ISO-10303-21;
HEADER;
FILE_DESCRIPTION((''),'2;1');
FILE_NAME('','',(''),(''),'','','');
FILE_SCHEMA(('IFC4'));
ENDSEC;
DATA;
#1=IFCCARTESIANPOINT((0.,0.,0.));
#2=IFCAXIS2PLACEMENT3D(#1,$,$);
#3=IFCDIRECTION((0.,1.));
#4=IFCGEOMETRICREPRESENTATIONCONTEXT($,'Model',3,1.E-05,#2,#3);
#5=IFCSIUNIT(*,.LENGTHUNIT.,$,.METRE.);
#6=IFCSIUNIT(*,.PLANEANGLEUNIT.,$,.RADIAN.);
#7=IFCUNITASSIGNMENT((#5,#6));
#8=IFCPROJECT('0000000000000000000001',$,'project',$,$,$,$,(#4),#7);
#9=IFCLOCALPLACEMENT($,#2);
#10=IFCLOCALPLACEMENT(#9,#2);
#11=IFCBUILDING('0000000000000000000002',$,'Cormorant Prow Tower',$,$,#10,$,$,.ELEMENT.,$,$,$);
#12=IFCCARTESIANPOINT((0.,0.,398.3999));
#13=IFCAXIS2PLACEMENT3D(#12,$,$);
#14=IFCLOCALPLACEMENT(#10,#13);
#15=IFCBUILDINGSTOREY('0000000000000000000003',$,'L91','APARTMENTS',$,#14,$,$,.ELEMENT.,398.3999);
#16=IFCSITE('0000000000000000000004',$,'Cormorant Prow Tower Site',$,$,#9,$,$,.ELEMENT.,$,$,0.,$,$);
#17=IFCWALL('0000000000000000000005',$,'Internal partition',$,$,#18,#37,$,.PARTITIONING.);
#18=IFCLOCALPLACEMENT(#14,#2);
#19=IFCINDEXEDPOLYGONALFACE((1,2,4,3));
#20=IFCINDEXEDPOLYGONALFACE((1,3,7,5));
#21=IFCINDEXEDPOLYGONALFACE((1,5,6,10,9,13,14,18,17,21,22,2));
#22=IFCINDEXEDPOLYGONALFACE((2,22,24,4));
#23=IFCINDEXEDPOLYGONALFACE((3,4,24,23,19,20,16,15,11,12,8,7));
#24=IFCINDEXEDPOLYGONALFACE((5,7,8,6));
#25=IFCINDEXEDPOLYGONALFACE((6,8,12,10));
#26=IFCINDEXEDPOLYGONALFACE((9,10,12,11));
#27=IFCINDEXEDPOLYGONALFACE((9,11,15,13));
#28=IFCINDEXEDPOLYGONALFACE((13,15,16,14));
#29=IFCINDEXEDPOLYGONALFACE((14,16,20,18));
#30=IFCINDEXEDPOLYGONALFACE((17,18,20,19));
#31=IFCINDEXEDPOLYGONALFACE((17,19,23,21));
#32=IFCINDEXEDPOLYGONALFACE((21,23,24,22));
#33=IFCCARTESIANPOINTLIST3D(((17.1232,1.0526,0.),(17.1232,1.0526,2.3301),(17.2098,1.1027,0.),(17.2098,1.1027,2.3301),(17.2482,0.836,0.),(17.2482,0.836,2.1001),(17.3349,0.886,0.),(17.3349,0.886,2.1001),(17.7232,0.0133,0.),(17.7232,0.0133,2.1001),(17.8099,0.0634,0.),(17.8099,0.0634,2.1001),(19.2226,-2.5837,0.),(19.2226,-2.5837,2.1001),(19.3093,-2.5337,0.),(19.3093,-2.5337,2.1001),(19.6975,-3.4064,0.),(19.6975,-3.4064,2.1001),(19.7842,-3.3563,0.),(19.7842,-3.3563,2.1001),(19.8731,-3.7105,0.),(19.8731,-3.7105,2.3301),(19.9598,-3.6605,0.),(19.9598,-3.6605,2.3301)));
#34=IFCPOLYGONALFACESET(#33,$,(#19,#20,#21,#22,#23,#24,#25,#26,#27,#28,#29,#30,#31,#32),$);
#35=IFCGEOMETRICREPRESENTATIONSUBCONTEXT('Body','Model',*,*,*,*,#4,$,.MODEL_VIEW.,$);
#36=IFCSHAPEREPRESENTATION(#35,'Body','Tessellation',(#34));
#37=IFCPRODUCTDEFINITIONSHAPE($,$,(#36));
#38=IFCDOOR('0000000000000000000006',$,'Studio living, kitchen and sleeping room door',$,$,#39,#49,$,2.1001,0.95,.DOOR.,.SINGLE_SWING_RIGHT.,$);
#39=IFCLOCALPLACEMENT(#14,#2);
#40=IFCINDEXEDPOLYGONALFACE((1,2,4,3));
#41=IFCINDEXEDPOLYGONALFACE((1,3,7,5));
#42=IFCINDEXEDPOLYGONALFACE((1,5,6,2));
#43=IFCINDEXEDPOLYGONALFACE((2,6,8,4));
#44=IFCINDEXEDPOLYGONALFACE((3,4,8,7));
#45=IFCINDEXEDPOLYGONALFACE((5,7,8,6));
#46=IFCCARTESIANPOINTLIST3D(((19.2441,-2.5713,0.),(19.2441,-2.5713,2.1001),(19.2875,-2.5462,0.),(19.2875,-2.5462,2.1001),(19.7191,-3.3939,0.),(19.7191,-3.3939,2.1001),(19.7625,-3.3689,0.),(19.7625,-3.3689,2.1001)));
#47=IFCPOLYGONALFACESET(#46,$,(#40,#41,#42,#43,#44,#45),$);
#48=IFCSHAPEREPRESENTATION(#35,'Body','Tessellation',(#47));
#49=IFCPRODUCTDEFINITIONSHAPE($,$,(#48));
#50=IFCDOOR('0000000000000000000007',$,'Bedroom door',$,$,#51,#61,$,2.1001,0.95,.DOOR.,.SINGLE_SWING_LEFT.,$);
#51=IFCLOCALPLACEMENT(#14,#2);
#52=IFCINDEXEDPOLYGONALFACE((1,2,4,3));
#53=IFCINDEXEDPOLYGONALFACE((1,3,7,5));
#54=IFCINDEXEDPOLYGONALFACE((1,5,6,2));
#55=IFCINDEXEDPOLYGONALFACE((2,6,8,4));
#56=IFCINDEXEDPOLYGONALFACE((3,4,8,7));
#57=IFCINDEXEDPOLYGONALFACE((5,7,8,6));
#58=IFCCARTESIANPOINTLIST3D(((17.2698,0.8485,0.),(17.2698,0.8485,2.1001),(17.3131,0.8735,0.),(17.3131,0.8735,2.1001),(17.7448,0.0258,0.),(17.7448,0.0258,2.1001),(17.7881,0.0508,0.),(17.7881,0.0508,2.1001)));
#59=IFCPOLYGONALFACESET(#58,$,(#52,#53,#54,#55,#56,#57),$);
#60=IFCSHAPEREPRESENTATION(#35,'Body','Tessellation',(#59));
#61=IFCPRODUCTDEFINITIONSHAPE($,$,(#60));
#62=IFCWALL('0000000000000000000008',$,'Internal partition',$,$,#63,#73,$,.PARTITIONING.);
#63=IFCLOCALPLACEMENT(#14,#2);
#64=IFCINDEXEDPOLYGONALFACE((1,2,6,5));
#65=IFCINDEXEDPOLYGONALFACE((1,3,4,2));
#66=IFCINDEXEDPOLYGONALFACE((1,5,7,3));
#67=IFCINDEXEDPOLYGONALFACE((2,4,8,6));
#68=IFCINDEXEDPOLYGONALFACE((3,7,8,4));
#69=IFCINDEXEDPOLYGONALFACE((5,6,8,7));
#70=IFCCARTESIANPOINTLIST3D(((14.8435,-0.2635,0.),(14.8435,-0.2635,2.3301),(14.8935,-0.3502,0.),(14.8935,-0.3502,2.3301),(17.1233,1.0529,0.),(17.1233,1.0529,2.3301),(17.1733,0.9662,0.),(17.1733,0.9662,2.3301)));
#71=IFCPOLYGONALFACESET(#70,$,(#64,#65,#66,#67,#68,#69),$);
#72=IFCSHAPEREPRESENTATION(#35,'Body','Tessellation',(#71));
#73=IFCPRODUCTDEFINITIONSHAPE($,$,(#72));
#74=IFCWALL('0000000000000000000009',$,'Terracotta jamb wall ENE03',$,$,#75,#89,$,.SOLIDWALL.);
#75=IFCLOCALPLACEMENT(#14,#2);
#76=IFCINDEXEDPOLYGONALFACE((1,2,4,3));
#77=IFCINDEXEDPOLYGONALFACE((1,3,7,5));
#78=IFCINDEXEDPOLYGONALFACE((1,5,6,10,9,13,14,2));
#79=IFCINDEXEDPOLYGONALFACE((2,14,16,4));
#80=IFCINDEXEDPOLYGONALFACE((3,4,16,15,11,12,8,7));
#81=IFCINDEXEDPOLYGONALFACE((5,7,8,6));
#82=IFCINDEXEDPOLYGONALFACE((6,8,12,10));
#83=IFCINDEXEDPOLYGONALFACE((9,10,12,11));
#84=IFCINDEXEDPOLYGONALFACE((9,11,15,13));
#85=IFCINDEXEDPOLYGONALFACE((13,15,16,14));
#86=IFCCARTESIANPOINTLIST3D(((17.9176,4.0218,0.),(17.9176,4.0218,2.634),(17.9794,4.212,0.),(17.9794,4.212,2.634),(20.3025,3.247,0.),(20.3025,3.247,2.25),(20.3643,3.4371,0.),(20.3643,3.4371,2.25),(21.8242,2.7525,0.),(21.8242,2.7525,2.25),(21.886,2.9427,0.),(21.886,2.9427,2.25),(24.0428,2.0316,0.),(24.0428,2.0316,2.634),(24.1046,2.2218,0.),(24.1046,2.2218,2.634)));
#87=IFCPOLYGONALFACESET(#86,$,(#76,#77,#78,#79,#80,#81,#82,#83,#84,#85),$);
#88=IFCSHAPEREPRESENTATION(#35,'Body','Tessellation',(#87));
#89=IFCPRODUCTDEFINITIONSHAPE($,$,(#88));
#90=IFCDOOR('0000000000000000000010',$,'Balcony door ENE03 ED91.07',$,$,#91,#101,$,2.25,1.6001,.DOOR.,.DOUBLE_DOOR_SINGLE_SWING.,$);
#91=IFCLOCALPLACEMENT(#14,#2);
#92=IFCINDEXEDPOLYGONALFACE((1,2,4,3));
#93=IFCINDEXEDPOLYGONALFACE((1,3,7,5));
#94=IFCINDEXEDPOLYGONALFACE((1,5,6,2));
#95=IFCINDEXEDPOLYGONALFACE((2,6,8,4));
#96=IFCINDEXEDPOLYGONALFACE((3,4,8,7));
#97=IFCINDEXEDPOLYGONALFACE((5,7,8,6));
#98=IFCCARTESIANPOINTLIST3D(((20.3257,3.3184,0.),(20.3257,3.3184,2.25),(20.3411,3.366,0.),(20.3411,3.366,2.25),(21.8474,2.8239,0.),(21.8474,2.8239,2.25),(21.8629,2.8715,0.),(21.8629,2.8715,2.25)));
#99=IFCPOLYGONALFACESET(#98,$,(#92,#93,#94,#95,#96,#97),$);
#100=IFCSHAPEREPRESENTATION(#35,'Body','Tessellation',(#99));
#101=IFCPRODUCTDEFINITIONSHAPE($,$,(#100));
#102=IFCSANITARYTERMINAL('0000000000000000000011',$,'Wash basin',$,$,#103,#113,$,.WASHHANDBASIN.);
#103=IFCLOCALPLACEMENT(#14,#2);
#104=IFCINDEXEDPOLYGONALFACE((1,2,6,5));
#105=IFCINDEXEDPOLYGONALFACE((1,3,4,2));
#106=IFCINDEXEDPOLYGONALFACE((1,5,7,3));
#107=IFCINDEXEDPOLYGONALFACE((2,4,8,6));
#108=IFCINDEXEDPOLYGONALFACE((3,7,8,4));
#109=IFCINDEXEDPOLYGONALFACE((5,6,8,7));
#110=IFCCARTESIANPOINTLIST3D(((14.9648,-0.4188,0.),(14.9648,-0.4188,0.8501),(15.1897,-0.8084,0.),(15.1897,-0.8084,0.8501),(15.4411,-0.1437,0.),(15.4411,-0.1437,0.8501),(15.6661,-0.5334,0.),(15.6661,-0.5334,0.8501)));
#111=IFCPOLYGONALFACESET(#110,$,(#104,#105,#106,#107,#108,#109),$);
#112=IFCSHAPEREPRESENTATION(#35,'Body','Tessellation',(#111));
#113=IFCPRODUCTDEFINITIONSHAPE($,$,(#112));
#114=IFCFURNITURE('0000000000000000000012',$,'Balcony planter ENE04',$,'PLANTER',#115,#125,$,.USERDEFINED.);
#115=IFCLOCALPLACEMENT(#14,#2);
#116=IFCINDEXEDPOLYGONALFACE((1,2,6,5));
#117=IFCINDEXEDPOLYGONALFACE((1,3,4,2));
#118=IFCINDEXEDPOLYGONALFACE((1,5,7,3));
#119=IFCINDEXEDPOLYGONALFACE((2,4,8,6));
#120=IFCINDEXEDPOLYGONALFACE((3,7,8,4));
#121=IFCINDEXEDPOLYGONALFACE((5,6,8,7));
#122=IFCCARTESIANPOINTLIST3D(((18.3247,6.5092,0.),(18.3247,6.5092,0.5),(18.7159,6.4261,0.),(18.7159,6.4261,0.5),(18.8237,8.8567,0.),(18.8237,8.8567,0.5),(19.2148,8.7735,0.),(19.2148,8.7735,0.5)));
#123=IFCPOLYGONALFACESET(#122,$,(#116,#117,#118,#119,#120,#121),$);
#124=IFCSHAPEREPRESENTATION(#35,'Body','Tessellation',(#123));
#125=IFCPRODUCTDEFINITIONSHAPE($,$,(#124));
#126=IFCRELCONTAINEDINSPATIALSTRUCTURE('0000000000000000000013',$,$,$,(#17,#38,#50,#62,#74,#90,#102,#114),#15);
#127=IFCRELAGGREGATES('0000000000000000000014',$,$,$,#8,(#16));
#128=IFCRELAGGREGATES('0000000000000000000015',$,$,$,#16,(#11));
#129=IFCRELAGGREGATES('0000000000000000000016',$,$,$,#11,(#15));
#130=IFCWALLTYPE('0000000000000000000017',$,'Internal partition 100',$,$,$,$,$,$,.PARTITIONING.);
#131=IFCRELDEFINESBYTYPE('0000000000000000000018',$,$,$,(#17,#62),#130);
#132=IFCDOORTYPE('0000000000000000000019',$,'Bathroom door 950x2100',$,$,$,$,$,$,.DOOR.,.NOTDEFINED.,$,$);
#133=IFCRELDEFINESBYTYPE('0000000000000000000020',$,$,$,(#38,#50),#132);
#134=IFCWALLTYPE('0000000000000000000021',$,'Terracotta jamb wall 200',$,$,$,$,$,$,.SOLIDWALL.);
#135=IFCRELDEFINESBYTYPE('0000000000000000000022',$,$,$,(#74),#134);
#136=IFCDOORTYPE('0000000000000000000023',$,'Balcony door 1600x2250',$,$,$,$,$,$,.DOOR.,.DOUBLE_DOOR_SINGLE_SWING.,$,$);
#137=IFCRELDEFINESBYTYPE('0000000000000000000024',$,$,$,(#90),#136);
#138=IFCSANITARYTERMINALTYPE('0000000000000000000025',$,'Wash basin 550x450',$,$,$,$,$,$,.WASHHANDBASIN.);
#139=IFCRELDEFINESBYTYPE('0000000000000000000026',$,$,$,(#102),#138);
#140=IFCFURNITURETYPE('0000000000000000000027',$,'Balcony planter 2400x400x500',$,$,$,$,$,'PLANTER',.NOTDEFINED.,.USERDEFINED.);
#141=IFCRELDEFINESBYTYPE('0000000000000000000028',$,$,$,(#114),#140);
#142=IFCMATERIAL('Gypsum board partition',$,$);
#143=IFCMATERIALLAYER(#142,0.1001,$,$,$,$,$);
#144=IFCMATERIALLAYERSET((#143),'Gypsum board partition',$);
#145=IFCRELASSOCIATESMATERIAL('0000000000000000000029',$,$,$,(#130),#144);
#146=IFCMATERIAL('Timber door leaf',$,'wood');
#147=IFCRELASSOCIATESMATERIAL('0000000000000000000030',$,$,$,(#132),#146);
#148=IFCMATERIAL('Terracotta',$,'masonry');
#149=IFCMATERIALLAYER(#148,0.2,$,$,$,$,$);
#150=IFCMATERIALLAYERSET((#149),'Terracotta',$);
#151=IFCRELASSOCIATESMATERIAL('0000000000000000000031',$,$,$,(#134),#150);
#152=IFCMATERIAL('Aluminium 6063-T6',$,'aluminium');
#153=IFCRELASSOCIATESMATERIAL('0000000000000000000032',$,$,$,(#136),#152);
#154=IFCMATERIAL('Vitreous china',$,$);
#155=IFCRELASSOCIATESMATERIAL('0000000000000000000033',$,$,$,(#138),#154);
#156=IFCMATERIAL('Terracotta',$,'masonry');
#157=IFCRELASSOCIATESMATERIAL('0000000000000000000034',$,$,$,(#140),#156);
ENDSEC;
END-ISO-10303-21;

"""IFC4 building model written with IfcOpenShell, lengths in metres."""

from ifc_helpers import new_model, si_unit, direction, frame, frame_2d, origin, origin_2d, place, context, subcontext, project, spatial, rectangle, extrude, material, layer, layer_set, type_object, element, fill, save


model = new_model("IFC4")

# Units and contexts
model_context = context("Model", 3, precision=1e-05, world=origin(), true_north=direction((0.0, 1.0)))
body_context = subcontext(model_context, "Body", "Model", "MODEL_VIEW")
ifc_project = project(units=[si_unit("LENGTHUNIT", "METRE"), si_unit("PLANEANGLEUNIT", "RADIAN")], contexts=[model_context])

# Site, building, storey
site_placement = place(None, origin())
site = spatial("IfcSite", under=ifc_project, at=site_placement, Name="Cormorant Prow Tower Site", CompositionType="ELEMENT", RefElevation=0.0)
building_placement = place(site_placement, origin())
building = spatial("IfcBuilding", under=site, at=building_placement, Name="Cormorant Prow Tower", CompositionType="ELEMENT")
storey_placement = place(building_placement, frame((0.0, 0.0, 398.3999)))
storey = spatial("IfcBuildingStorey", under=building, at=storey_placement, Name="L91", Description="APARTMENTS", CompositionType="ELEMENT", Elevation=398.3999)

# Shared definitions
ifc_material_1 = material(Name="Gypsum board partition")
ifc_layer_1 = layer(ifc_material_1, 0.1001)
ifc_layer_set_1 = layer_set([ifc_layer_1], Name="Gypsum board partition")
wall_type_1 = type_object("IfcWallType", Name="Internal partition 100", PredefinedType="PARTITIONING", material=ifc_layer_set_1)

# Wall, openings, doors
wall_1_placement = place(storey_placement, frame((17.1665, 1.0776, 0.0), z_axis=(0.0, 0.0, 1.0), x_axis=(0.499997, -0.866027, 0.0)))
wall_1 = element("IfcWall", 1, at=wall_1_placement, inside=storey, type_object=wall_type_1, Name="Internal partition", PredefinedType="PARTITIONING", context=body_context, shape_type="SweptSolid", body=[
    extrude(rectangle(XDim=5.5, YDim=0.1001, at=frame_2d((2.75, 0.0))), origin(), (0.0, 0.0, 1.0), 2.3301),
])
opening_1_placement = place(wall_1_placement, frame((4.1987, 0.0, 0.0)))
opening_1 = element("IfcOpeningElement", 2, at=opening_1_placement, cuts=wall_1, PredefinedType="OPENING", context=body_context, shape_type="SweptSolid", body=[
    extrude(rectangle(XDim=0.95, YDim=2.1001, at=frame_2d((0.4751, 1.05))), frame((0.0, 0.0601, 0.0), z_axis=(0.0, -1.0, 0.0), x_axis=(1.0, 0.0, 0.0)), (0.0, 0.0, 1.0), 0.1201),
])
opening_2_placement = place(wall_1_placement, frame((0.25, 0.0, 0.0)))
opening_2 = element("IfcOpeningElement", 3, at=opening_2_placement, cuts=wall_1, PredefinedType="OPENING", context=body_context, shape_type="SweptSolid", body=[
    extrude(rectangle(XDim=0.95, YDim=2.1001, at=frame_2d((0.4751, 1.05))), frame((0.0, 0.0601, 0.0), z_axis=(0.0, -1.0, 0.0), x_axis=(1.0, 0.0, 0.0)), (0.0, 0.0, 1.0), 0.1201),
])
ifc_material_2 = material(Name="Timber door leaf", Category="wood")
door_type_1 = type_object("IfcDoorType", Name="Bathroom door 950x2100", OperationType="NOTDEFINED", PredefinedType="DOOR", material=ifc_material_2)
door_1_placement = place(opening_1_placement, origin())
door_1 = element("IfcDoor", 4, at=door_1_placement, inside=storey, type_object=door_type_1, Name="Studio living, kitchen and sleeping room door", OperationType="SINGLE_SWING_RIGHT", OverallHeight=2.1001, OverallWidth=0.95, PredefinedType="DOOR", context=body_context, shape_type="SweptSolid", body=[
    extrude(rectangle(XDim=0.95, YDim=2.1001, at=frame_2d((0.4751, 1.05))), frame((0.0, 0.0249, 0.0), z_axis=(0.0, -1.0, 0.0), x_axis=(1.0, 0.0, 0.0)), (0.0, 0.0, 1.0), 0.05),
])
fill(opening_1, door_1)
door_2_placement = place(opening_2_placement, origin())
door_2 = element("IfcDoor", 5, at=door_2_placement, inside=storey, type_object=door_type_1, Name="Bedroom door", OperationType="SINGLE_SWING_LEFT", OverallHeight=2.1001, OverallWidth=0.95, PredefinedType="DOOR", context=body_context, shape_type="SweptSolid", body=[
    extrude(rectangle(XDim=0.95, YDim=2.1001, at=frame_2d((0.4751, 1.05))), frame((0.0, 0.0249, 0.0), z_axis=(0.0, -1.0, 0.0), x_axis=(1.0, 0.0, 0.0)), (0.0, 0.0, 1.0), 0.05),
])
fill(opening_2, door_2)

# Wall
wall_2_placement = place(storey_placement, frame((14.8684, -0.3069, 0.0), z_axis=(0.0, 0.0, 1.0), x_axis=(0.865997, 0.500049, 0.0)))
element("IfcWall", 6, at=wall_2_placement, inside=storey, type_object=wall_type_1, Name="Internal partition", PredefinedType="PARTITIONING", context=body_context, shape_type="SweptSolid", body=[
    extrude(rectangle(XDim=2.6326, YDim=0.1001, at=frame_2d((1.3164, 0.0))), origin(), (0.0, 0.0, 1.0), 2.3301),
])

# Wall, opening, door
ifc_material_3 = material(Name="Terracotta", Category="masonry")
ifc_layer_2 = layer(ifc_material_3, 0.2)
ifc_layer_set_2 = layer_set([ifc_layer_2], Name="Terracotta")
wall_type_2 = type_object("IfcWallType", Name="Terracotta jamb wall 200", PredefinedType="SOLIDWALL", material=ifc_layer_set_2)
wall_3_placement = place(storey_placement, frame((24.0737, 2.1267, 0.0), z_axis=(0.0, 0.0, 1.0), x_axis=(-0.951056, 0.30902, 0.0)))
wall_3 = element("IfcWall", 7, at=wall_3_placement, inside=storey, type_object=wall_type_2, Name="Terracotta jamb wall ENE03", PredefinedType="SOLIDWALL", context=body_context, shape_type="SweptSolid", body=[
    extrude(rectangle(XDim=6.4404, YDim=0.2, at=frame_2d((3.2202, 0.0))), origin(), (0.0, 0.0, 1.0), 2.634),
])
opening_3_placement = place(wall_3_placement, frame((2.3328, 0.0, 0.0)))
opening_3 = element("IfcOpeningElement", 8, at=opening_3_placement, cuts=wall_3, PredefinedType="OPENING", context=body_context, shape_type="SweptSolid", body=[
    extrude(rectangle(XDim=1.6001, YDim=2.25, at=frame_2d((0.8, 1.125))), frame((0.0, 0.1099, 0.0), z_axis=(0.0, -1.0, 0.0), x_axis=(1.0, 0.0, 0.0)), (0.0, 0.0, 1.0), 0.22),
])
ifc_material_4 = material(Name="Aluminium 6063-T6", Category="aluminium")
door_type_2 = type_object("IfcDoorType", Name="Balcony door 1600x2250", OperationType="DOUBLE_DOOR_SINGLE_SWING", PredefinedType="DOOR", material=ifc_material_4)
door_3_placement = place(opening_3_placement, origin())
door_3 = element("IfcDoor", 9, at=door_3_placement, inside=storey, type_object=door_type_2, Name="Balcony door ENE03 ED91.07", OperationType="DOUBLE_DOOR_SINGLE_SWING", OverallHeight=2.25, OverallWidth=1.6001, PredefinedType="DOOR", context=body_context, shape_type="SweptSolid", body=[
    extrude(rectangle(XDim=1.6001, YDim=2.25, at=frame_2d((0.8, 1.125))), frame((0.0, 0.0249, 0.0), z_axis=(0.0, -1.0, 0.0), x_axis=(1.0, 0.0, 0.0)), (0.0, 0.0, 1.0), 0.05),
])
fill(opening_3, door_3)

# Sanitary terminal
ifc_material_5 = material(Name="Vitreous china")
sanitary_terminal_type = type_object("IfcSanitaryTerminalType", Name="Wash basin 550x450", PredefinedType="WASHHANDBASIN", material=ifc_material_5)
sanitary_terminal_placement = place(storey_placement, frame((15.3154, -0.4761, 0.0), z_axis=(0.0, 0.0, 1.0), x_axis=(0.866025, 0.5, 0.0)))
element("IfcSanitaryTerminal", 10, at=sanitary_terminal_placement, inside=storey, type_object=sanitary_terminal_type, Name="Wash basin", PredefinedType="WASHHANDBASIN", context=body_context, shape_type="SweptSolid", body=[
    extrude(rectangle(XDim=0.55, YDim=0.45, at=origin_2d()), origin(), (0.0, 0.0, 1.0), 0.8501),
])

# Furniture
ifc_material_6 = material(Name="Terracotta", Category="masonry")
furniture_type = type_object("IfcFurnitureType", Name="Balcony planter 2400x400x500", ElementType="PLANTER", AssemblyPlace="NOTDEFINED", PredefinedType="USERDEFINED", material=ifc_material_6)
furniture_placement = place(storey_placement, frame((18.7698, 7.6414, 0.0), z_axis=(0.0, 0.0, 1.0), x_axis=(0.207912, 0.978148, 0.0)))
element("IfcFurniture", 11, at=furniture_placement, inside=storey, type_object=furniture_type, Name="Balcony planter ENE04", ObjectType="PLANTER", PredefinedType="USERDEFINED", context=body_context, shape_type="SweptSolid", body=[
    extrude(rectangle(XDim=2.3999, YDim=0.3999, at=origin_2d()), origin(), (0.0, 0.0, 1.0), 0.5),
])

save(model, "model.ifc")
